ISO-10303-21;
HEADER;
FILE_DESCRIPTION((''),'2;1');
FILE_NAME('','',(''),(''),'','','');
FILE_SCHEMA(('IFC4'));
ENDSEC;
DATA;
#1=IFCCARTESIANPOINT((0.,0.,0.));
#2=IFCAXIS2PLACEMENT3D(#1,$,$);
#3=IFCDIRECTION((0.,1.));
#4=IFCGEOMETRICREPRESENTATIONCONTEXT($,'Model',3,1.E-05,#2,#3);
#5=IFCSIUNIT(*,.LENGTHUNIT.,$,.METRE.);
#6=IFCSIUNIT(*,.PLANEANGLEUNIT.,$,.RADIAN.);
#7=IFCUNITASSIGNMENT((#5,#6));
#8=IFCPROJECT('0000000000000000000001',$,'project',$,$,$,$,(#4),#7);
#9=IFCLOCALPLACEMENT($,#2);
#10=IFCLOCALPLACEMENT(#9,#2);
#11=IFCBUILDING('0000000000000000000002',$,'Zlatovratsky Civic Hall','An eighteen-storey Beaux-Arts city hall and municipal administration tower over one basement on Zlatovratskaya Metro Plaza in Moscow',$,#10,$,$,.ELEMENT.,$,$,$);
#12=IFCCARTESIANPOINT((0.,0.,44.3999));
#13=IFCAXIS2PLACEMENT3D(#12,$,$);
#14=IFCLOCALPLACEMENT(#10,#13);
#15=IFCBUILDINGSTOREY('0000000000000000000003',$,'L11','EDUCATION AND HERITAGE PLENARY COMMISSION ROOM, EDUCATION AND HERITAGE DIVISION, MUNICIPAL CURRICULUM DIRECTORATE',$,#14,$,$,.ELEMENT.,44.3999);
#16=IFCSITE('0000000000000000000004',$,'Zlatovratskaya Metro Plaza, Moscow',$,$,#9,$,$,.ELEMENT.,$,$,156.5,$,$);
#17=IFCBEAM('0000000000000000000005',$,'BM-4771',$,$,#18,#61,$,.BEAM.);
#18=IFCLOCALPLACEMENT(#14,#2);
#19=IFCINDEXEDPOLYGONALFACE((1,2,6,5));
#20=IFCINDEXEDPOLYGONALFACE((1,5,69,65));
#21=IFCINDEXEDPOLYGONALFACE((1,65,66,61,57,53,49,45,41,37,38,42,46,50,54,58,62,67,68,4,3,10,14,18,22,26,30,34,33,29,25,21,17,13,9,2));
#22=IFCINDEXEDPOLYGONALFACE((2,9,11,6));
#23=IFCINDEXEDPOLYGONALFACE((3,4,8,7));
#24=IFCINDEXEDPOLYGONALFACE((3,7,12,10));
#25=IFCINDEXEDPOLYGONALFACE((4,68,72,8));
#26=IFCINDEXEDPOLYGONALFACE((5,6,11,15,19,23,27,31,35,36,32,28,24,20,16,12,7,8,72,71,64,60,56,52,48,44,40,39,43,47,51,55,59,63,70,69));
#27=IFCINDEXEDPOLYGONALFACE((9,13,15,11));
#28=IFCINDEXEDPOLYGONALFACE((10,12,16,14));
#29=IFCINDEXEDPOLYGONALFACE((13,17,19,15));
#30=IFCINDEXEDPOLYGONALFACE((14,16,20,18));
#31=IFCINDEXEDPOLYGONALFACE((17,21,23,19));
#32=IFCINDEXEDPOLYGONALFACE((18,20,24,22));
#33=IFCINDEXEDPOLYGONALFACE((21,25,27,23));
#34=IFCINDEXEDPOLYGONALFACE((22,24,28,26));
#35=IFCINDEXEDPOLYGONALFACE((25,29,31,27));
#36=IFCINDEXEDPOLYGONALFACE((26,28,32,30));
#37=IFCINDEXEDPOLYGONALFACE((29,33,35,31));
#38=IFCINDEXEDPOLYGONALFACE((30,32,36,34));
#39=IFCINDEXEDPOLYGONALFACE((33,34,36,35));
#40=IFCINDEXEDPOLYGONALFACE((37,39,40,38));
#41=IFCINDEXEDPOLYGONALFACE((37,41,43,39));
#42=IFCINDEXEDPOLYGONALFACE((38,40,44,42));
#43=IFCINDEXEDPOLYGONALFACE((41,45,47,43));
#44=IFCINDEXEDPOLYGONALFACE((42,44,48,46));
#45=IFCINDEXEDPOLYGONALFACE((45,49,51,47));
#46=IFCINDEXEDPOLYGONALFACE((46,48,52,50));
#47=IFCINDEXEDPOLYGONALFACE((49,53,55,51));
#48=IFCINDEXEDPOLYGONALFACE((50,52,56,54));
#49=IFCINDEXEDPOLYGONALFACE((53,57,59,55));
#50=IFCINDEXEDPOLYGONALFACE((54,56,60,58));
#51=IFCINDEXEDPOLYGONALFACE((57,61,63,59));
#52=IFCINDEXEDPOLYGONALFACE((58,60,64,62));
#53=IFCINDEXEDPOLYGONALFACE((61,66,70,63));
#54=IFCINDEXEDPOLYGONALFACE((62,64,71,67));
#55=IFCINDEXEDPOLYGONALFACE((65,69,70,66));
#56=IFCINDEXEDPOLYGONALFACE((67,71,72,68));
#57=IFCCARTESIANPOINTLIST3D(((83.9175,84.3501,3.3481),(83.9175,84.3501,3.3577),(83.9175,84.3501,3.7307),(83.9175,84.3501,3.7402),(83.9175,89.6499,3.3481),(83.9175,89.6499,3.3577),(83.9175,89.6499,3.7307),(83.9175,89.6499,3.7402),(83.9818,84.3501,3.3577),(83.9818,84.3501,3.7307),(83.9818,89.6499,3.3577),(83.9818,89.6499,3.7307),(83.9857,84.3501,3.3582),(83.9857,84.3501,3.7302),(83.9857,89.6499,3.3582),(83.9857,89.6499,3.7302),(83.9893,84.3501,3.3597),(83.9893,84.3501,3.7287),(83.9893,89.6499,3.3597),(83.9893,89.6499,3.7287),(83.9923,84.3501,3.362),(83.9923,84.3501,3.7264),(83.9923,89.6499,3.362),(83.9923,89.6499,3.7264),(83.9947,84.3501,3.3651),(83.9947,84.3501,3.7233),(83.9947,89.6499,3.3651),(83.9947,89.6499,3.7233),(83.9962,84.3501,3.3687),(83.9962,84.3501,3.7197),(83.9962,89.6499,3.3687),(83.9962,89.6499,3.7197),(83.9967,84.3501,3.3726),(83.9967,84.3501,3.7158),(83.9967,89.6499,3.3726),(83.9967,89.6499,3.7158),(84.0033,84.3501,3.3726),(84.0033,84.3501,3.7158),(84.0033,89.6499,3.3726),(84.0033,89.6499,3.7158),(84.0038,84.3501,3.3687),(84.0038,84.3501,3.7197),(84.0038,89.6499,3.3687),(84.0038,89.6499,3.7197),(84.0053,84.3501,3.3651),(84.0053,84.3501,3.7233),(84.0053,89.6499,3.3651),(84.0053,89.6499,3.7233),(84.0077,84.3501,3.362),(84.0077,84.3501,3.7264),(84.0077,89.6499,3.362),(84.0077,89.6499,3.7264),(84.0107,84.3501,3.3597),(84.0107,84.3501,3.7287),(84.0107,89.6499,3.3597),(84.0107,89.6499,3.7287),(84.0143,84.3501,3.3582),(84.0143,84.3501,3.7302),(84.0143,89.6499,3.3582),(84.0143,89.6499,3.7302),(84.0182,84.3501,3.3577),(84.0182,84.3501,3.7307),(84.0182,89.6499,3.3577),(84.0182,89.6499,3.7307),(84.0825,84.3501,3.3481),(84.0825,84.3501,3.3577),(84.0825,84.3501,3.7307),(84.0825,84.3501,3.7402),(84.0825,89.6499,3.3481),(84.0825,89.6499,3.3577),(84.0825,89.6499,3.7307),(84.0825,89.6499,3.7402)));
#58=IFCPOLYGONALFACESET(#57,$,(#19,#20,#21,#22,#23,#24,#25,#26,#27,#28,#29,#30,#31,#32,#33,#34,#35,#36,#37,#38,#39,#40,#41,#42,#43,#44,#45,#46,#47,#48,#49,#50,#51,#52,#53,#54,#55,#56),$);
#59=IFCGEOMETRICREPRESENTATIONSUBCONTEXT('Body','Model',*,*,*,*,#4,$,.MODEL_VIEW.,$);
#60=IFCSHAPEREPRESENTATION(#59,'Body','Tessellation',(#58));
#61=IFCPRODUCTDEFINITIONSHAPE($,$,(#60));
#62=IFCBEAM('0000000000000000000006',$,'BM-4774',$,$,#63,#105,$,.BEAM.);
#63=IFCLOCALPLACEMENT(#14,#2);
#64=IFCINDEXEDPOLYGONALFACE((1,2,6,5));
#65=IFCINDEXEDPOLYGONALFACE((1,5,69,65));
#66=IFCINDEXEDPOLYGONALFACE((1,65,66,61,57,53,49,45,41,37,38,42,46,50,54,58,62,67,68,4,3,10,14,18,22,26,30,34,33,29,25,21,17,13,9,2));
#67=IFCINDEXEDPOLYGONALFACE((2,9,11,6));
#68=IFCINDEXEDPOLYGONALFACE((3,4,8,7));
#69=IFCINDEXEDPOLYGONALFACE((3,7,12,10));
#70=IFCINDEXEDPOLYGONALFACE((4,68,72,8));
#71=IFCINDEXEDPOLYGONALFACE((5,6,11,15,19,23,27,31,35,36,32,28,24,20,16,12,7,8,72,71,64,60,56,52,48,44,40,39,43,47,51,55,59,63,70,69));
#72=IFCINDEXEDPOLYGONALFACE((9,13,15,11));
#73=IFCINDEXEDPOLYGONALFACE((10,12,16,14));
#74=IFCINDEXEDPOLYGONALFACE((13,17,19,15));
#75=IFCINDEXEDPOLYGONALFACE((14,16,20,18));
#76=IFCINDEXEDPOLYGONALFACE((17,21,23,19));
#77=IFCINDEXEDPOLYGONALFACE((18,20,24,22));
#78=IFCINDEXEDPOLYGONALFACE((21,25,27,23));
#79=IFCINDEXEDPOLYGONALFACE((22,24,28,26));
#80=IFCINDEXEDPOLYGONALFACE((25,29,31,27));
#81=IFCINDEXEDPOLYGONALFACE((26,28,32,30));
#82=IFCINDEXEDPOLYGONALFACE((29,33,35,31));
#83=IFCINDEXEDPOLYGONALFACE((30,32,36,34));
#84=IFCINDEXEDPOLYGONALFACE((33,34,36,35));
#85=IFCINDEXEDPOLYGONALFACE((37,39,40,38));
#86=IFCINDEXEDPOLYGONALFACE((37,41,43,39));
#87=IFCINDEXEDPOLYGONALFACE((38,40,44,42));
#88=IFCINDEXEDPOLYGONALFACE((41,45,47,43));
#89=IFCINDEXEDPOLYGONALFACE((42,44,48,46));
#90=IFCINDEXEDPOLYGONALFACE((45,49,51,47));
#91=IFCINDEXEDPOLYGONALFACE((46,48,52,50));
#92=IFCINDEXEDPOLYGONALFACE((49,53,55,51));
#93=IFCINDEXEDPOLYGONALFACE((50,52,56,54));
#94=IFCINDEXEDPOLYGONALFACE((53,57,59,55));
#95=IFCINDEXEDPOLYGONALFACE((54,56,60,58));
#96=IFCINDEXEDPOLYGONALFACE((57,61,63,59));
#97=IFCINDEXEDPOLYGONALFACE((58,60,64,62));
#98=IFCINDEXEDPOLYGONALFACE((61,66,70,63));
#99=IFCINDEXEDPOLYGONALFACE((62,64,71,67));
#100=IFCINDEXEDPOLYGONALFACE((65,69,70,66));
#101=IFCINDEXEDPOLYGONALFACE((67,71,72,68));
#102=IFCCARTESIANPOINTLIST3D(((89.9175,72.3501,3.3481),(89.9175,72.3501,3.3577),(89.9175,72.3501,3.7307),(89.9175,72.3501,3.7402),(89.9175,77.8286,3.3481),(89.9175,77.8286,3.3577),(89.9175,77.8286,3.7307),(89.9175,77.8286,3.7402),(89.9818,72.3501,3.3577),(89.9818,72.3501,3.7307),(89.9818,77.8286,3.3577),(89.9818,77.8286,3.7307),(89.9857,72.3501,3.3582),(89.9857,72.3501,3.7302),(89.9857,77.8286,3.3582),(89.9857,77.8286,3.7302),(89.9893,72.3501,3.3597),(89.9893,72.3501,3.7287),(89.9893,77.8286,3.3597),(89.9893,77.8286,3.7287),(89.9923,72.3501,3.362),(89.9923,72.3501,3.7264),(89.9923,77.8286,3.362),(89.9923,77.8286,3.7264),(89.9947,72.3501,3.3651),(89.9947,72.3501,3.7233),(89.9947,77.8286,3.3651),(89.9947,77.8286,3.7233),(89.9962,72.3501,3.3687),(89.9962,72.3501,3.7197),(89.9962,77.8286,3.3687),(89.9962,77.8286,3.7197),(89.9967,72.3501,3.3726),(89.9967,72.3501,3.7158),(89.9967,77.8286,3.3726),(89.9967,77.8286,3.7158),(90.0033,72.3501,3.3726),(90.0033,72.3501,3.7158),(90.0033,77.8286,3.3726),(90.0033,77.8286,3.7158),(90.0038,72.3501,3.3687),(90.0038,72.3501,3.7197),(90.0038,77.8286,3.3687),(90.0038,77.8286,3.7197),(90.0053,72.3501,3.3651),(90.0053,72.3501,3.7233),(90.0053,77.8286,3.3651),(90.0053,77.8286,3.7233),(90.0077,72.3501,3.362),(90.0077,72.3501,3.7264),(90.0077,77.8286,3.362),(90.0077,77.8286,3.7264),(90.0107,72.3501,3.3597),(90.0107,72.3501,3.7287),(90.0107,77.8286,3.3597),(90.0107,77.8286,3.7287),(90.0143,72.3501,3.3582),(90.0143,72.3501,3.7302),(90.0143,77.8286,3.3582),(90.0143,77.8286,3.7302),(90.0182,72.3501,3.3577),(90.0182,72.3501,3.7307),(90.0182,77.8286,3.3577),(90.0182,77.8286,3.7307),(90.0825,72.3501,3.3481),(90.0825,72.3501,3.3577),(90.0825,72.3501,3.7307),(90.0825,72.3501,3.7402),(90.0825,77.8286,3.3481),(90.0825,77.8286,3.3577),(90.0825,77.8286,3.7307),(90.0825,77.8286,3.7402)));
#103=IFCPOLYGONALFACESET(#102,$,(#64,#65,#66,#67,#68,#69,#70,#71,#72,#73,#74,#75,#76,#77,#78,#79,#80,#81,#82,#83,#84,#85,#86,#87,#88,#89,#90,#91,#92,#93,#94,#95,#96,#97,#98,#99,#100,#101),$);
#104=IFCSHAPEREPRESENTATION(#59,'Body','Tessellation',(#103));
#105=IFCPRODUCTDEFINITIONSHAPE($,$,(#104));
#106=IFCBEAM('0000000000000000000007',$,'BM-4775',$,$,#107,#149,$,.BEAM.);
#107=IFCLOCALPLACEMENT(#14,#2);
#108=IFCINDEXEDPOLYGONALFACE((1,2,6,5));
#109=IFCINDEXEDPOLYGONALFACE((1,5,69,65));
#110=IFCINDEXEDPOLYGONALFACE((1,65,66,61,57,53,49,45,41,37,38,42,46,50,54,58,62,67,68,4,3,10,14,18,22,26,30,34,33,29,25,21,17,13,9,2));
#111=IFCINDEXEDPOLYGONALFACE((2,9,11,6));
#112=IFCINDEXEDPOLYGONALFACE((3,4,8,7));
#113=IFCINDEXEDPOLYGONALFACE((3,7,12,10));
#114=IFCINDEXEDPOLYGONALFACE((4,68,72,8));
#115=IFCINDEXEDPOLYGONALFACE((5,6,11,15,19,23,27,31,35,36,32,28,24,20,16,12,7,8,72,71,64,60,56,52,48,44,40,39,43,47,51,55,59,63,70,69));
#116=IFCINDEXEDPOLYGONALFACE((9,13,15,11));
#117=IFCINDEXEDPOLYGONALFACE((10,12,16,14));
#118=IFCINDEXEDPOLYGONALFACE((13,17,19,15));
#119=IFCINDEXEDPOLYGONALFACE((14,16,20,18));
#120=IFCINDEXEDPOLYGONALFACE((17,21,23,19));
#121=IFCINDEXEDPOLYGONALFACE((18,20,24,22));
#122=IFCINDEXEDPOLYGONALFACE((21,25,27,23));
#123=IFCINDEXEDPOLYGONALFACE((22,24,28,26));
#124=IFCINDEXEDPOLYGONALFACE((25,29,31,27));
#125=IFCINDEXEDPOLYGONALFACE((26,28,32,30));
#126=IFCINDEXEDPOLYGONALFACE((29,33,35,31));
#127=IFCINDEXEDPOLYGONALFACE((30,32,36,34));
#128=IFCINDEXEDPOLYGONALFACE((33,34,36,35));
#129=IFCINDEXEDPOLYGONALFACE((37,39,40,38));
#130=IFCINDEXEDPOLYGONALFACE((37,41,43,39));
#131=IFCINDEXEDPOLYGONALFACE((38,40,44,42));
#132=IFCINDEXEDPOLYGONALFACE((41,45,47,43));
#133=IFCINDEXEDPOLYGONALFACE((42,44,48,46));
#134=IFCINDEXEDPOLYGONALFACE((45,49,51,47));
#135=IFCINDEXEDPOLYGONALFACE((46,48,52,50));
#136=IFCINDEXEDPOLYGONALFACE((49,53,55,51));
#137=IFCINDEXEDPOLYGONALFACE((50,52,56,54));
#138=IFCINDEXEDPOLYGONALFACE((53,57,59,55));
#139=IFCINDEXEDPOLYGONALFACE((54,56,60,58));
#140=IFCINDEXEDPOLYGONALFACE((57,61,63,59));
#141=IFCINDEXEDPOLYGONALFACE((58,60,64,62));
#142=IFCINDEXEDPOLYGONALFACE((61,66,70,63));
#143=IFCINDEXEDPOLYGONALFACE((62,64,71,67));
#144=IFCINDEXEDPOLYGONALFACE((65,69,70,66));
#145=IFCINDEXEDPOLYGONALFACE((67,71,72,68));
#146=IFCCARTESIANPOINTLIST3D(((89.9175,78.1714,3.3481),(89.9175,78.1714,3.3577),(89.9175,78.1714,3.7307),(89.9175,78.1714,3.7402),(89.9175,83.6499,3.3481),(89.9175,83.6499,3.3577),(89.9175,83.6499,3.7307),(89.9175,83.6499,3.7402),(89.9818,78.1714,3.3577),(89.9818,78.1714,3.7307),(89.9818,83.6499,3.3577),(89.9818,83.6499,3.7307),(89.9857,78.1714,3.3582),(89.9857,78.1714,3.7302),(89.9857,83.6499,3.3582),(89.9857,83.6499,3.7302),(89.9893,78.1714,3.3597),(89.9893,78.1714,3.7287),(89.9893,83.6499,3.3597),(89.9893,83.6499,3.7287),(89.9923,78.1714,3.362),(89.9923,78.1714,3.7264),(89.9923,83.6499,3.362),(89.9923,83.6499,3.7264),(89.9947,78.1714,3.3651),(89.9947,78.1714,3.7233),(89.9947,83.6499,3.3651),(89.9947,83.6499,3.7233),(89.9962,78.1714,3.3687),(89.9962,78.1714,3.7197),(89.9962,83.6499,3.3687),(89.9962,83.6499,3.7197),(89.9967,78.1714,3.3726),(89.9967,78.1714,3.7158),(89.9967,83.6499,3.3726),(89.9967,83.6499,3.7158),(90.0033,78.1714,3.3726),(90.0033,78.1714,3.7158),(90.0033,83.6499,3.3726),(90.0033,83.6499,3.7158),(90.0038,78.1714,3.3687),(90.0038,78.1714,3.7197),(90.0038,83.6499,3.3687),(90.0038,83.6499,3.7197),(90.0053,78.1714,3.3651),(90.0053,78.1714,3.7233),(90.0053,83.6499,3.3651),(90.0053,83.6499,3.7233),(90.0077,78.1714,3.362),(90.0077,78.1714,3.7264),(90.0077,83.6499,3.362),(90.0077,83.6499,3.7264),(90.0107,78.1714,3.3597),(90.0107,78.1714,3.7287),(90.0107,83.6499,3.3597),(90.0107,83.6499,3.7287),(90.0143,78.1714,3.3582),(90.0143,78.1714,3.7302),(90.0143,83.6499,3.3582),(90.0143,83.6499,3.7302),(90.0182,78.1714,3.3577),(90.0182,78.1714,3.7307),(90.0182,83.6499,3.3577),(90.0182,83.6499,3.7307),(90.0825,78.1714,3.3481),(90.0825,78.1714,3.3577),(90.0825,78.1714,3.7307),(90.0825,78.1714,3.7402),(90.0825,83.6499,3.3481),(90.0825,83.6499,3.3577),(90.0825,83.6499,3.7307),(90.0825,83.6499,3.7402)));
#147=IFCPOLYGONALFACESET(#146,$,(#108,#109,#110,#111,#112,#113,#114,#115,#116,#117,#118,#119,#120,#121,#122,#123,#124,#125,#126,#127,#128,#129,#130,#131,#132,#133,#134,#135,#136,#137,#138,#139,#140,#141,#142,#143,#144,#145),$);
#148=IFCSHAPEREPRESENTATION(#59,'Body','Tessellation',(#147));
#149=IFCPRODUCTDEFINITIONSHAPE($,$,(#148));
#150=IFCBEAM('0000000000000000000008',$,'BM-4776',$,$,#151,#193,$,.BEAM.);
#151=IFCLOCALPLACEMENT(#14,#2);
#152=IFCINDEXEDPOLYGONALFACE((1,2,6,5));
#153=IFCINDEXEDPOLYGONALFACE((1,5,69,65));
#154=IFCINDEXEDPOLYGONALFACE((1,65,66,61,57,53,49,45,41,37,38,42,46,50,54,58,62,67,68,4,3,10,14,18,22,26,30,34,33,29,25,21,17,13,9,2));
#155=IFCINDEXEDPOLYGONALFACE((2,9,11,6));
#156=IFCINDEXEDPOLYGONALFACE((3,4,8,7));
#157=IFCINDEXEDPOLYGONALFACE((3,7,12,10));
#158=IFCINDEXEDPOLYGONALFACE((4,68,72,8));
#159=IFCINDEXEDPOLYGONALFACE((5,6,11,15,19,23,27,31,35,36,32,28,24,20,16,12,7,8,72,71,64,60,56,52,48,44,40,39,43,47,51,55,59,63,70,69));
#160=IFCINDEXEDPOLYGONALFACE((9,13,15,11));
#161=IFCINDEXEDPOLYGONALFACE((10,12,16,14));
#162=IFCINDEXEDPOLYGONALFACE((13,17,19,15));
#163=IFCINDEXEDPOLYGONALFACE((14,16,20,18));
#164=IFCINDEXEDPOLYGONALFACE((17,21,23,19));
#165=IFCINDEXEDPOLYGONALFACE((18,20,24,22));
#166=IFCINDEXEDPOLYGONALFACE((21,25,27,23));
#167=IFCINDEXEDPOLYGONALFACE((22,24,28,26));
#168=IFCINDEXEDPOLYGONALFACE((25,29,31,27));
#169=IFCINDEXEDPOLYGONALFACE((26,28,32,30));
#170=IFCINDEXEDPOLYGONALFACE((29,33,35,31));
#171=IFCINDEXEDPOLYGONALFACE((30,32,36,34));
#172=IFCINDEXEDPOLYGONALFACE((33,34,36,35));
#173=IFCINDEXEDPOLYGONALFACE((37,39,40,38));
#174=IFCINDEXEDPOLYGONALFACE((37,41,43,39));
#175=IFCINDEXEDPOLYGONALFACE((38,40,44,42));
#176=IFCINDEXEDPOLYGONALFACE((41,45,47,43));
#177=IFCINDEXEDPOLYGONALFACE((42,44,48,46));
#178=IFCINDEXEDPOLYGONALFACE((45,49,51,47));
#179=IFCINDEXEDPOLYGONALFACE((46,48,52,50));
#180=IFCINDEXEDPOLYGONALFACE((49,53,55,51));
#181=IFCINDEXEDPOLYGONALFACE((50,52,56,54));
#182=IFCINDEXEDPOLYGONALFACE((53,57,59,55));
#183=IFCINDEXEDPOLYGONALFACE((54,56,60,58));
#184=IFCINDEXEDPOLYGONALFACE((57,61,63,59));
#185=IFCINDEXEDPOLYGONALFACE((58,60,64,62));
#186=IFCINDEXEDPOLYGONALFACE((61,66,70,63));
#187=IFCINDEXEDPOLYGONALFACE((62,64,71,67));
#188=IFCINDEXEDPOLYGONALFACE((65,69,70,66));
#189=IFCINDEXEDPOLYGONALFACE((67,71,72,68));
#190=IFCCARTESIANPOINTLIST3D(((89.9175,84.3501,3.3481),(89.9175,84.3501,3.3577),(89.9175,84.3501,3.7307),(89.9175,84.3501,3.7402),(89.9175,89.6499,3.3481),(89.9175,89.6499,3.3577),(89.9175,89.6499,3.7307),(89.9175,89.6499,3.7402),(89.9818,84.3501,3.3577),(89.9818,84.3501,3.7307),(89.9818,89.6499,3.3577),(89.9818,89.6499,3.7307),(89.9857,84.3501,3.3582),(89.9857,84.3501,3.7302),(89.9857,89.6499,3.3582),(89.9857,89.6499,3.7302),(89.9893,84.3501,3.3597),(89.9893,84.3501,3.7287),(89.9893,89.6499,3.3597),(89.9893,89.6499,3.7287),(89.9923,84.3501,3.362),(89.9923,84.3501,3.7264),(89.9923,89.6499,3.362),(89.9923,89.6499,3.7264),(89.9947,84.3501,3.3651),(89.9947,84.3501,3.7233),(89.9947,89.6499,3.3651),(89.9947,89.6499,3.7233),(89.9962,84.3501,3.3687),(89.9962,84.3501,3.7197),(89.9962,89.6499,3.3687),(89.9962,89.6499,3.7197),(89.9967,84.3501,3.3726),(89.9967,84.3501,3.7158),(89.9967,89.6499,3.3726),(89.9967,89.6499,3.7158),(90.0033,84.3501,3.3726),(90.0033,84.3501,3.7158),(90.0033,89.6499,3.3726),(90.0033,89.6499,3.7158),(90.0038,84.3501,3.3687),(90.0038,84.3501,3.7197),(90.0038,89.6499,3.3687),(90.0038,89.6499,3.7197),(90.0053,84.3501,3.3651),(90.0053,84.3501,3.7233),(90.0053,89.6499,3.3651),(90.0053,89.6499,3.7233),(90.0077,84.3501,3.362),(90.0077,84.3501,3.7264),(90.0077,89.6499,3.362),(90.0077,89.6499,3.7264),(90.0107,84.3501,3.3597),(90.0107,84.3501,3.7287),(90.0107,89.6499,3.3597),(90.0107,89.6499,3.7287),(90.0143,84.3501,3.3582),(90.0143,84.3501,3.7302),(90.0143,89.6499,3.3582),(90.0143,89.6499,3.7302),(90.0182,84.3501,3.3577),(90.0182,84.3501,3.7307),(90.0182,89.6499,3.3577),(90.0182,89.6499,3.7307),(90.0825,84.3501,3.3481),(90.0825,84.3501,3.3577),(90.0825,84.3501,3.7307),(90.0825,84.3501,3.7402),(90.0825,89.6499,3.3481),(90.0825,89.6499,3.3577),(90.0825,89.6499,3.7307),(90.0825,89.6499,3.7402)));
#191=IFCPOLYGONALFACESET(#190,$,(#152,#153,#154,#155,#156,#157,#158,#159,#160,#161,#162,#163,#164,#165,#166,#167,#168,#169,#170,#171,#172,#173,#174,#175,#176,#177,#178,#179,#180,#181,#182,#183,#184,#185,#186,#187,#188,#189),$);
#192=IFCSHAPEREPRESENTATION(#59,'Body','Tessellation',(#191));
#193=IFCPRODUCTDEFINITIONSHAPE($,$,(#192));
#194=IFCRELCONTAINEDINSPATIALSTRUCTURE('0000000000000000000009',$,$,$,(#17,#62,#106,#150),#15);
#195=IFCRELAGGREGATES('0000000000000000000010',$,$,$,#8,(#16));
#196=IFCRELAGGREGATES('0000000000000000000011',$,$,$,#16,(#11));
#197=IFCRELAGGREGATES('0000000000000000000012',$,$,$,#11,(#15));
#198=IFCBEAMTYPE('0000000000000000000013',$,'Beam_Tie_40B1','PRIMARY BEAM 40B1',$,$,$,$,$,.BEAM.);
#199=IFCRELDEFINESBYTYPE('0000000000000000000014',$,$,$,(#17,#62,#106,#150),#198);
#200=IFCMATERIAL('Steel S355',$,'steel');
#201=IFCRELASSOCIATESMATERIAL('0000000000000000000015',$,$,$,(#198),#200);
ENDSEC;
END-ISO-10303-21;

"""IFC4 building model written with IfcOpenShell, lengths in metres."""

from ifc_helpers import new_model, si_unit, direction, frame, origin, origin_2d, place, context, subcontext, project, spatial, i_section, extrude, material, material_profile, profile_set, type_object, element, save


model = new_model("IFC4")

# Units and contexts
model_context = context("Model", 3, precision=1e-05, world=origin(), true_north=direction((0.0, 1.0)))
body_context = subcontext(model_context, "Body", "Model", "MODEL_VIEW")
ifc_project = project(units=[si_unit("LENGTHUNIT", "METRE"), si_unit("PLANEANGLEUNIT", "RADIAN")], contexts=[model_context])

# Site, building, storey
site_placement = place(None, origin())
site = spatial("IfcSite", under=ifc_project, at=site_placement, Name="Zlatovratskaya Metro Plaza, Moscow", CompositionType="ELEMENT", RefElevation=156.5)
building_placement = place(site_placement, origin())
building = spatial("IfcBuilding", under=site, at=building_placement, Name="Zlatovratsky Civic Hall", Description="An eighteen-storey Beaux-Arts city hall and municipal administration tower over one basement on Zlatovratskaya Metro Plaza in Moscow", CompositionType="ELEMENT")
storey_placement = place(building_placement, frame((0.0, 0.0, 44.3999)))
storey = spatial("IfcBuildingStorey", under=building, at=storey_placement, Name="L11", Description="EDUCATION AND HERITAGE PLENARY COMMISSION ROOM, EDUCATION AND HERITAGE DIVISION, MUNICIPAL CURRICULUM DIRECTORATE", CompositionType="ELEMENT", Elevation=44.3999)

# Shared definitions
ifc_material_1 = material(Name="Steel S355", Category="steel")

# Beams
ifc_material_profile_1 = material_profile(ifc_material_1, i_section(OverallWidth=0.165, OverallDepth=0.3921, WebThickness=0.0066, FlangeThickness=0.0095, FilletRadius=0.0149, at=origin_2d()), Name="40B1")
ifc_profile_set_1 = profile_set([ifc_material_profile_1], Name="Steel S355")
beam_type = type_object("IfcBeamType", Name="Beam_Tie_40B1", Description="PRIMARY BEAM 40B1", PredefinedType="BEAM", material=ifc_profile_set_1)
beam_1_placement = place(storey_placement, frame((84.0, 84.3501, 3.5442), z_axis=(0.0, 1.0, 0.0), x_axis=(-1.0, 0.0, 0.0)))
element("IfcBeam", 1, at=beam_1_placement, inside=storey, type_object=beam_type, Name="BM-4771", PredefinedType="BEAM", context=body_context, shape_type="SweptSolid", body=[
    extrude(i_section(OverallWidth=0.165, OverallDepth=0.3921, WebThickness=0.0066, FlangeThickness=0.0095, FilletRadius=0.0149, at=origin_2d()), origin(), (0.0, 0.0, 1.0), 5.2998),
])
for number, where, z_axis, x_axis, name in (
    (2, (90.0, 72.3501, 3.5442), (0.0, 1.0, 0.0), (-1.0, 0.0, 0.0), "BM-4774"),
    (3, (90.0, 78.1714, 3.5442), (0.0, 1.0, 0.0), (-1.0, 0.0, 0.0), "BM-4775"),
):
    element("IfcBeam", number, at=place(storey_placement, frame(where, z_axis=z_axis, x_axis=x_axis)), inside=storey, type_object=beam_type, Name=name, PredefinedType="BEAM", context=body_context, shape_type="SweptSolid", body=[
        extrude(i_section(OverallWidth=0.165, OverallDepth=0.3921, WebThickness=0.0066, FlangeThickness=0.0095, FilletRadius=0.0149, at=origin_2d()), origin(), (0.0, 0.0, 1.0), 5.4785),
    ])
beam_2_placement = place(storey_placement, frame((90.0, 84.3501, 3.5442), z_axis=(0.0, 1.0, 0.0), x_axis=(-1.0, 0.0, 0.0)))
element("IfcBeam", 4, at=beam_2_placement, inside=storey, type_object=beam_type, Name="BM-4776", PredefinedType="BEAM", context=body_context, shape_type="SweptSolid", body=[
    extrude(i_section(OverallWidth=0.165, OverallDepth=0.3921, WebThickness=0.0066, FlangeThickness=0.0095, FilletRadius=0.0149, at=origin_2d()), origin(), (0.0, 0.0, 1.0), 5.2998),
])

save(model, "model.ifc")
